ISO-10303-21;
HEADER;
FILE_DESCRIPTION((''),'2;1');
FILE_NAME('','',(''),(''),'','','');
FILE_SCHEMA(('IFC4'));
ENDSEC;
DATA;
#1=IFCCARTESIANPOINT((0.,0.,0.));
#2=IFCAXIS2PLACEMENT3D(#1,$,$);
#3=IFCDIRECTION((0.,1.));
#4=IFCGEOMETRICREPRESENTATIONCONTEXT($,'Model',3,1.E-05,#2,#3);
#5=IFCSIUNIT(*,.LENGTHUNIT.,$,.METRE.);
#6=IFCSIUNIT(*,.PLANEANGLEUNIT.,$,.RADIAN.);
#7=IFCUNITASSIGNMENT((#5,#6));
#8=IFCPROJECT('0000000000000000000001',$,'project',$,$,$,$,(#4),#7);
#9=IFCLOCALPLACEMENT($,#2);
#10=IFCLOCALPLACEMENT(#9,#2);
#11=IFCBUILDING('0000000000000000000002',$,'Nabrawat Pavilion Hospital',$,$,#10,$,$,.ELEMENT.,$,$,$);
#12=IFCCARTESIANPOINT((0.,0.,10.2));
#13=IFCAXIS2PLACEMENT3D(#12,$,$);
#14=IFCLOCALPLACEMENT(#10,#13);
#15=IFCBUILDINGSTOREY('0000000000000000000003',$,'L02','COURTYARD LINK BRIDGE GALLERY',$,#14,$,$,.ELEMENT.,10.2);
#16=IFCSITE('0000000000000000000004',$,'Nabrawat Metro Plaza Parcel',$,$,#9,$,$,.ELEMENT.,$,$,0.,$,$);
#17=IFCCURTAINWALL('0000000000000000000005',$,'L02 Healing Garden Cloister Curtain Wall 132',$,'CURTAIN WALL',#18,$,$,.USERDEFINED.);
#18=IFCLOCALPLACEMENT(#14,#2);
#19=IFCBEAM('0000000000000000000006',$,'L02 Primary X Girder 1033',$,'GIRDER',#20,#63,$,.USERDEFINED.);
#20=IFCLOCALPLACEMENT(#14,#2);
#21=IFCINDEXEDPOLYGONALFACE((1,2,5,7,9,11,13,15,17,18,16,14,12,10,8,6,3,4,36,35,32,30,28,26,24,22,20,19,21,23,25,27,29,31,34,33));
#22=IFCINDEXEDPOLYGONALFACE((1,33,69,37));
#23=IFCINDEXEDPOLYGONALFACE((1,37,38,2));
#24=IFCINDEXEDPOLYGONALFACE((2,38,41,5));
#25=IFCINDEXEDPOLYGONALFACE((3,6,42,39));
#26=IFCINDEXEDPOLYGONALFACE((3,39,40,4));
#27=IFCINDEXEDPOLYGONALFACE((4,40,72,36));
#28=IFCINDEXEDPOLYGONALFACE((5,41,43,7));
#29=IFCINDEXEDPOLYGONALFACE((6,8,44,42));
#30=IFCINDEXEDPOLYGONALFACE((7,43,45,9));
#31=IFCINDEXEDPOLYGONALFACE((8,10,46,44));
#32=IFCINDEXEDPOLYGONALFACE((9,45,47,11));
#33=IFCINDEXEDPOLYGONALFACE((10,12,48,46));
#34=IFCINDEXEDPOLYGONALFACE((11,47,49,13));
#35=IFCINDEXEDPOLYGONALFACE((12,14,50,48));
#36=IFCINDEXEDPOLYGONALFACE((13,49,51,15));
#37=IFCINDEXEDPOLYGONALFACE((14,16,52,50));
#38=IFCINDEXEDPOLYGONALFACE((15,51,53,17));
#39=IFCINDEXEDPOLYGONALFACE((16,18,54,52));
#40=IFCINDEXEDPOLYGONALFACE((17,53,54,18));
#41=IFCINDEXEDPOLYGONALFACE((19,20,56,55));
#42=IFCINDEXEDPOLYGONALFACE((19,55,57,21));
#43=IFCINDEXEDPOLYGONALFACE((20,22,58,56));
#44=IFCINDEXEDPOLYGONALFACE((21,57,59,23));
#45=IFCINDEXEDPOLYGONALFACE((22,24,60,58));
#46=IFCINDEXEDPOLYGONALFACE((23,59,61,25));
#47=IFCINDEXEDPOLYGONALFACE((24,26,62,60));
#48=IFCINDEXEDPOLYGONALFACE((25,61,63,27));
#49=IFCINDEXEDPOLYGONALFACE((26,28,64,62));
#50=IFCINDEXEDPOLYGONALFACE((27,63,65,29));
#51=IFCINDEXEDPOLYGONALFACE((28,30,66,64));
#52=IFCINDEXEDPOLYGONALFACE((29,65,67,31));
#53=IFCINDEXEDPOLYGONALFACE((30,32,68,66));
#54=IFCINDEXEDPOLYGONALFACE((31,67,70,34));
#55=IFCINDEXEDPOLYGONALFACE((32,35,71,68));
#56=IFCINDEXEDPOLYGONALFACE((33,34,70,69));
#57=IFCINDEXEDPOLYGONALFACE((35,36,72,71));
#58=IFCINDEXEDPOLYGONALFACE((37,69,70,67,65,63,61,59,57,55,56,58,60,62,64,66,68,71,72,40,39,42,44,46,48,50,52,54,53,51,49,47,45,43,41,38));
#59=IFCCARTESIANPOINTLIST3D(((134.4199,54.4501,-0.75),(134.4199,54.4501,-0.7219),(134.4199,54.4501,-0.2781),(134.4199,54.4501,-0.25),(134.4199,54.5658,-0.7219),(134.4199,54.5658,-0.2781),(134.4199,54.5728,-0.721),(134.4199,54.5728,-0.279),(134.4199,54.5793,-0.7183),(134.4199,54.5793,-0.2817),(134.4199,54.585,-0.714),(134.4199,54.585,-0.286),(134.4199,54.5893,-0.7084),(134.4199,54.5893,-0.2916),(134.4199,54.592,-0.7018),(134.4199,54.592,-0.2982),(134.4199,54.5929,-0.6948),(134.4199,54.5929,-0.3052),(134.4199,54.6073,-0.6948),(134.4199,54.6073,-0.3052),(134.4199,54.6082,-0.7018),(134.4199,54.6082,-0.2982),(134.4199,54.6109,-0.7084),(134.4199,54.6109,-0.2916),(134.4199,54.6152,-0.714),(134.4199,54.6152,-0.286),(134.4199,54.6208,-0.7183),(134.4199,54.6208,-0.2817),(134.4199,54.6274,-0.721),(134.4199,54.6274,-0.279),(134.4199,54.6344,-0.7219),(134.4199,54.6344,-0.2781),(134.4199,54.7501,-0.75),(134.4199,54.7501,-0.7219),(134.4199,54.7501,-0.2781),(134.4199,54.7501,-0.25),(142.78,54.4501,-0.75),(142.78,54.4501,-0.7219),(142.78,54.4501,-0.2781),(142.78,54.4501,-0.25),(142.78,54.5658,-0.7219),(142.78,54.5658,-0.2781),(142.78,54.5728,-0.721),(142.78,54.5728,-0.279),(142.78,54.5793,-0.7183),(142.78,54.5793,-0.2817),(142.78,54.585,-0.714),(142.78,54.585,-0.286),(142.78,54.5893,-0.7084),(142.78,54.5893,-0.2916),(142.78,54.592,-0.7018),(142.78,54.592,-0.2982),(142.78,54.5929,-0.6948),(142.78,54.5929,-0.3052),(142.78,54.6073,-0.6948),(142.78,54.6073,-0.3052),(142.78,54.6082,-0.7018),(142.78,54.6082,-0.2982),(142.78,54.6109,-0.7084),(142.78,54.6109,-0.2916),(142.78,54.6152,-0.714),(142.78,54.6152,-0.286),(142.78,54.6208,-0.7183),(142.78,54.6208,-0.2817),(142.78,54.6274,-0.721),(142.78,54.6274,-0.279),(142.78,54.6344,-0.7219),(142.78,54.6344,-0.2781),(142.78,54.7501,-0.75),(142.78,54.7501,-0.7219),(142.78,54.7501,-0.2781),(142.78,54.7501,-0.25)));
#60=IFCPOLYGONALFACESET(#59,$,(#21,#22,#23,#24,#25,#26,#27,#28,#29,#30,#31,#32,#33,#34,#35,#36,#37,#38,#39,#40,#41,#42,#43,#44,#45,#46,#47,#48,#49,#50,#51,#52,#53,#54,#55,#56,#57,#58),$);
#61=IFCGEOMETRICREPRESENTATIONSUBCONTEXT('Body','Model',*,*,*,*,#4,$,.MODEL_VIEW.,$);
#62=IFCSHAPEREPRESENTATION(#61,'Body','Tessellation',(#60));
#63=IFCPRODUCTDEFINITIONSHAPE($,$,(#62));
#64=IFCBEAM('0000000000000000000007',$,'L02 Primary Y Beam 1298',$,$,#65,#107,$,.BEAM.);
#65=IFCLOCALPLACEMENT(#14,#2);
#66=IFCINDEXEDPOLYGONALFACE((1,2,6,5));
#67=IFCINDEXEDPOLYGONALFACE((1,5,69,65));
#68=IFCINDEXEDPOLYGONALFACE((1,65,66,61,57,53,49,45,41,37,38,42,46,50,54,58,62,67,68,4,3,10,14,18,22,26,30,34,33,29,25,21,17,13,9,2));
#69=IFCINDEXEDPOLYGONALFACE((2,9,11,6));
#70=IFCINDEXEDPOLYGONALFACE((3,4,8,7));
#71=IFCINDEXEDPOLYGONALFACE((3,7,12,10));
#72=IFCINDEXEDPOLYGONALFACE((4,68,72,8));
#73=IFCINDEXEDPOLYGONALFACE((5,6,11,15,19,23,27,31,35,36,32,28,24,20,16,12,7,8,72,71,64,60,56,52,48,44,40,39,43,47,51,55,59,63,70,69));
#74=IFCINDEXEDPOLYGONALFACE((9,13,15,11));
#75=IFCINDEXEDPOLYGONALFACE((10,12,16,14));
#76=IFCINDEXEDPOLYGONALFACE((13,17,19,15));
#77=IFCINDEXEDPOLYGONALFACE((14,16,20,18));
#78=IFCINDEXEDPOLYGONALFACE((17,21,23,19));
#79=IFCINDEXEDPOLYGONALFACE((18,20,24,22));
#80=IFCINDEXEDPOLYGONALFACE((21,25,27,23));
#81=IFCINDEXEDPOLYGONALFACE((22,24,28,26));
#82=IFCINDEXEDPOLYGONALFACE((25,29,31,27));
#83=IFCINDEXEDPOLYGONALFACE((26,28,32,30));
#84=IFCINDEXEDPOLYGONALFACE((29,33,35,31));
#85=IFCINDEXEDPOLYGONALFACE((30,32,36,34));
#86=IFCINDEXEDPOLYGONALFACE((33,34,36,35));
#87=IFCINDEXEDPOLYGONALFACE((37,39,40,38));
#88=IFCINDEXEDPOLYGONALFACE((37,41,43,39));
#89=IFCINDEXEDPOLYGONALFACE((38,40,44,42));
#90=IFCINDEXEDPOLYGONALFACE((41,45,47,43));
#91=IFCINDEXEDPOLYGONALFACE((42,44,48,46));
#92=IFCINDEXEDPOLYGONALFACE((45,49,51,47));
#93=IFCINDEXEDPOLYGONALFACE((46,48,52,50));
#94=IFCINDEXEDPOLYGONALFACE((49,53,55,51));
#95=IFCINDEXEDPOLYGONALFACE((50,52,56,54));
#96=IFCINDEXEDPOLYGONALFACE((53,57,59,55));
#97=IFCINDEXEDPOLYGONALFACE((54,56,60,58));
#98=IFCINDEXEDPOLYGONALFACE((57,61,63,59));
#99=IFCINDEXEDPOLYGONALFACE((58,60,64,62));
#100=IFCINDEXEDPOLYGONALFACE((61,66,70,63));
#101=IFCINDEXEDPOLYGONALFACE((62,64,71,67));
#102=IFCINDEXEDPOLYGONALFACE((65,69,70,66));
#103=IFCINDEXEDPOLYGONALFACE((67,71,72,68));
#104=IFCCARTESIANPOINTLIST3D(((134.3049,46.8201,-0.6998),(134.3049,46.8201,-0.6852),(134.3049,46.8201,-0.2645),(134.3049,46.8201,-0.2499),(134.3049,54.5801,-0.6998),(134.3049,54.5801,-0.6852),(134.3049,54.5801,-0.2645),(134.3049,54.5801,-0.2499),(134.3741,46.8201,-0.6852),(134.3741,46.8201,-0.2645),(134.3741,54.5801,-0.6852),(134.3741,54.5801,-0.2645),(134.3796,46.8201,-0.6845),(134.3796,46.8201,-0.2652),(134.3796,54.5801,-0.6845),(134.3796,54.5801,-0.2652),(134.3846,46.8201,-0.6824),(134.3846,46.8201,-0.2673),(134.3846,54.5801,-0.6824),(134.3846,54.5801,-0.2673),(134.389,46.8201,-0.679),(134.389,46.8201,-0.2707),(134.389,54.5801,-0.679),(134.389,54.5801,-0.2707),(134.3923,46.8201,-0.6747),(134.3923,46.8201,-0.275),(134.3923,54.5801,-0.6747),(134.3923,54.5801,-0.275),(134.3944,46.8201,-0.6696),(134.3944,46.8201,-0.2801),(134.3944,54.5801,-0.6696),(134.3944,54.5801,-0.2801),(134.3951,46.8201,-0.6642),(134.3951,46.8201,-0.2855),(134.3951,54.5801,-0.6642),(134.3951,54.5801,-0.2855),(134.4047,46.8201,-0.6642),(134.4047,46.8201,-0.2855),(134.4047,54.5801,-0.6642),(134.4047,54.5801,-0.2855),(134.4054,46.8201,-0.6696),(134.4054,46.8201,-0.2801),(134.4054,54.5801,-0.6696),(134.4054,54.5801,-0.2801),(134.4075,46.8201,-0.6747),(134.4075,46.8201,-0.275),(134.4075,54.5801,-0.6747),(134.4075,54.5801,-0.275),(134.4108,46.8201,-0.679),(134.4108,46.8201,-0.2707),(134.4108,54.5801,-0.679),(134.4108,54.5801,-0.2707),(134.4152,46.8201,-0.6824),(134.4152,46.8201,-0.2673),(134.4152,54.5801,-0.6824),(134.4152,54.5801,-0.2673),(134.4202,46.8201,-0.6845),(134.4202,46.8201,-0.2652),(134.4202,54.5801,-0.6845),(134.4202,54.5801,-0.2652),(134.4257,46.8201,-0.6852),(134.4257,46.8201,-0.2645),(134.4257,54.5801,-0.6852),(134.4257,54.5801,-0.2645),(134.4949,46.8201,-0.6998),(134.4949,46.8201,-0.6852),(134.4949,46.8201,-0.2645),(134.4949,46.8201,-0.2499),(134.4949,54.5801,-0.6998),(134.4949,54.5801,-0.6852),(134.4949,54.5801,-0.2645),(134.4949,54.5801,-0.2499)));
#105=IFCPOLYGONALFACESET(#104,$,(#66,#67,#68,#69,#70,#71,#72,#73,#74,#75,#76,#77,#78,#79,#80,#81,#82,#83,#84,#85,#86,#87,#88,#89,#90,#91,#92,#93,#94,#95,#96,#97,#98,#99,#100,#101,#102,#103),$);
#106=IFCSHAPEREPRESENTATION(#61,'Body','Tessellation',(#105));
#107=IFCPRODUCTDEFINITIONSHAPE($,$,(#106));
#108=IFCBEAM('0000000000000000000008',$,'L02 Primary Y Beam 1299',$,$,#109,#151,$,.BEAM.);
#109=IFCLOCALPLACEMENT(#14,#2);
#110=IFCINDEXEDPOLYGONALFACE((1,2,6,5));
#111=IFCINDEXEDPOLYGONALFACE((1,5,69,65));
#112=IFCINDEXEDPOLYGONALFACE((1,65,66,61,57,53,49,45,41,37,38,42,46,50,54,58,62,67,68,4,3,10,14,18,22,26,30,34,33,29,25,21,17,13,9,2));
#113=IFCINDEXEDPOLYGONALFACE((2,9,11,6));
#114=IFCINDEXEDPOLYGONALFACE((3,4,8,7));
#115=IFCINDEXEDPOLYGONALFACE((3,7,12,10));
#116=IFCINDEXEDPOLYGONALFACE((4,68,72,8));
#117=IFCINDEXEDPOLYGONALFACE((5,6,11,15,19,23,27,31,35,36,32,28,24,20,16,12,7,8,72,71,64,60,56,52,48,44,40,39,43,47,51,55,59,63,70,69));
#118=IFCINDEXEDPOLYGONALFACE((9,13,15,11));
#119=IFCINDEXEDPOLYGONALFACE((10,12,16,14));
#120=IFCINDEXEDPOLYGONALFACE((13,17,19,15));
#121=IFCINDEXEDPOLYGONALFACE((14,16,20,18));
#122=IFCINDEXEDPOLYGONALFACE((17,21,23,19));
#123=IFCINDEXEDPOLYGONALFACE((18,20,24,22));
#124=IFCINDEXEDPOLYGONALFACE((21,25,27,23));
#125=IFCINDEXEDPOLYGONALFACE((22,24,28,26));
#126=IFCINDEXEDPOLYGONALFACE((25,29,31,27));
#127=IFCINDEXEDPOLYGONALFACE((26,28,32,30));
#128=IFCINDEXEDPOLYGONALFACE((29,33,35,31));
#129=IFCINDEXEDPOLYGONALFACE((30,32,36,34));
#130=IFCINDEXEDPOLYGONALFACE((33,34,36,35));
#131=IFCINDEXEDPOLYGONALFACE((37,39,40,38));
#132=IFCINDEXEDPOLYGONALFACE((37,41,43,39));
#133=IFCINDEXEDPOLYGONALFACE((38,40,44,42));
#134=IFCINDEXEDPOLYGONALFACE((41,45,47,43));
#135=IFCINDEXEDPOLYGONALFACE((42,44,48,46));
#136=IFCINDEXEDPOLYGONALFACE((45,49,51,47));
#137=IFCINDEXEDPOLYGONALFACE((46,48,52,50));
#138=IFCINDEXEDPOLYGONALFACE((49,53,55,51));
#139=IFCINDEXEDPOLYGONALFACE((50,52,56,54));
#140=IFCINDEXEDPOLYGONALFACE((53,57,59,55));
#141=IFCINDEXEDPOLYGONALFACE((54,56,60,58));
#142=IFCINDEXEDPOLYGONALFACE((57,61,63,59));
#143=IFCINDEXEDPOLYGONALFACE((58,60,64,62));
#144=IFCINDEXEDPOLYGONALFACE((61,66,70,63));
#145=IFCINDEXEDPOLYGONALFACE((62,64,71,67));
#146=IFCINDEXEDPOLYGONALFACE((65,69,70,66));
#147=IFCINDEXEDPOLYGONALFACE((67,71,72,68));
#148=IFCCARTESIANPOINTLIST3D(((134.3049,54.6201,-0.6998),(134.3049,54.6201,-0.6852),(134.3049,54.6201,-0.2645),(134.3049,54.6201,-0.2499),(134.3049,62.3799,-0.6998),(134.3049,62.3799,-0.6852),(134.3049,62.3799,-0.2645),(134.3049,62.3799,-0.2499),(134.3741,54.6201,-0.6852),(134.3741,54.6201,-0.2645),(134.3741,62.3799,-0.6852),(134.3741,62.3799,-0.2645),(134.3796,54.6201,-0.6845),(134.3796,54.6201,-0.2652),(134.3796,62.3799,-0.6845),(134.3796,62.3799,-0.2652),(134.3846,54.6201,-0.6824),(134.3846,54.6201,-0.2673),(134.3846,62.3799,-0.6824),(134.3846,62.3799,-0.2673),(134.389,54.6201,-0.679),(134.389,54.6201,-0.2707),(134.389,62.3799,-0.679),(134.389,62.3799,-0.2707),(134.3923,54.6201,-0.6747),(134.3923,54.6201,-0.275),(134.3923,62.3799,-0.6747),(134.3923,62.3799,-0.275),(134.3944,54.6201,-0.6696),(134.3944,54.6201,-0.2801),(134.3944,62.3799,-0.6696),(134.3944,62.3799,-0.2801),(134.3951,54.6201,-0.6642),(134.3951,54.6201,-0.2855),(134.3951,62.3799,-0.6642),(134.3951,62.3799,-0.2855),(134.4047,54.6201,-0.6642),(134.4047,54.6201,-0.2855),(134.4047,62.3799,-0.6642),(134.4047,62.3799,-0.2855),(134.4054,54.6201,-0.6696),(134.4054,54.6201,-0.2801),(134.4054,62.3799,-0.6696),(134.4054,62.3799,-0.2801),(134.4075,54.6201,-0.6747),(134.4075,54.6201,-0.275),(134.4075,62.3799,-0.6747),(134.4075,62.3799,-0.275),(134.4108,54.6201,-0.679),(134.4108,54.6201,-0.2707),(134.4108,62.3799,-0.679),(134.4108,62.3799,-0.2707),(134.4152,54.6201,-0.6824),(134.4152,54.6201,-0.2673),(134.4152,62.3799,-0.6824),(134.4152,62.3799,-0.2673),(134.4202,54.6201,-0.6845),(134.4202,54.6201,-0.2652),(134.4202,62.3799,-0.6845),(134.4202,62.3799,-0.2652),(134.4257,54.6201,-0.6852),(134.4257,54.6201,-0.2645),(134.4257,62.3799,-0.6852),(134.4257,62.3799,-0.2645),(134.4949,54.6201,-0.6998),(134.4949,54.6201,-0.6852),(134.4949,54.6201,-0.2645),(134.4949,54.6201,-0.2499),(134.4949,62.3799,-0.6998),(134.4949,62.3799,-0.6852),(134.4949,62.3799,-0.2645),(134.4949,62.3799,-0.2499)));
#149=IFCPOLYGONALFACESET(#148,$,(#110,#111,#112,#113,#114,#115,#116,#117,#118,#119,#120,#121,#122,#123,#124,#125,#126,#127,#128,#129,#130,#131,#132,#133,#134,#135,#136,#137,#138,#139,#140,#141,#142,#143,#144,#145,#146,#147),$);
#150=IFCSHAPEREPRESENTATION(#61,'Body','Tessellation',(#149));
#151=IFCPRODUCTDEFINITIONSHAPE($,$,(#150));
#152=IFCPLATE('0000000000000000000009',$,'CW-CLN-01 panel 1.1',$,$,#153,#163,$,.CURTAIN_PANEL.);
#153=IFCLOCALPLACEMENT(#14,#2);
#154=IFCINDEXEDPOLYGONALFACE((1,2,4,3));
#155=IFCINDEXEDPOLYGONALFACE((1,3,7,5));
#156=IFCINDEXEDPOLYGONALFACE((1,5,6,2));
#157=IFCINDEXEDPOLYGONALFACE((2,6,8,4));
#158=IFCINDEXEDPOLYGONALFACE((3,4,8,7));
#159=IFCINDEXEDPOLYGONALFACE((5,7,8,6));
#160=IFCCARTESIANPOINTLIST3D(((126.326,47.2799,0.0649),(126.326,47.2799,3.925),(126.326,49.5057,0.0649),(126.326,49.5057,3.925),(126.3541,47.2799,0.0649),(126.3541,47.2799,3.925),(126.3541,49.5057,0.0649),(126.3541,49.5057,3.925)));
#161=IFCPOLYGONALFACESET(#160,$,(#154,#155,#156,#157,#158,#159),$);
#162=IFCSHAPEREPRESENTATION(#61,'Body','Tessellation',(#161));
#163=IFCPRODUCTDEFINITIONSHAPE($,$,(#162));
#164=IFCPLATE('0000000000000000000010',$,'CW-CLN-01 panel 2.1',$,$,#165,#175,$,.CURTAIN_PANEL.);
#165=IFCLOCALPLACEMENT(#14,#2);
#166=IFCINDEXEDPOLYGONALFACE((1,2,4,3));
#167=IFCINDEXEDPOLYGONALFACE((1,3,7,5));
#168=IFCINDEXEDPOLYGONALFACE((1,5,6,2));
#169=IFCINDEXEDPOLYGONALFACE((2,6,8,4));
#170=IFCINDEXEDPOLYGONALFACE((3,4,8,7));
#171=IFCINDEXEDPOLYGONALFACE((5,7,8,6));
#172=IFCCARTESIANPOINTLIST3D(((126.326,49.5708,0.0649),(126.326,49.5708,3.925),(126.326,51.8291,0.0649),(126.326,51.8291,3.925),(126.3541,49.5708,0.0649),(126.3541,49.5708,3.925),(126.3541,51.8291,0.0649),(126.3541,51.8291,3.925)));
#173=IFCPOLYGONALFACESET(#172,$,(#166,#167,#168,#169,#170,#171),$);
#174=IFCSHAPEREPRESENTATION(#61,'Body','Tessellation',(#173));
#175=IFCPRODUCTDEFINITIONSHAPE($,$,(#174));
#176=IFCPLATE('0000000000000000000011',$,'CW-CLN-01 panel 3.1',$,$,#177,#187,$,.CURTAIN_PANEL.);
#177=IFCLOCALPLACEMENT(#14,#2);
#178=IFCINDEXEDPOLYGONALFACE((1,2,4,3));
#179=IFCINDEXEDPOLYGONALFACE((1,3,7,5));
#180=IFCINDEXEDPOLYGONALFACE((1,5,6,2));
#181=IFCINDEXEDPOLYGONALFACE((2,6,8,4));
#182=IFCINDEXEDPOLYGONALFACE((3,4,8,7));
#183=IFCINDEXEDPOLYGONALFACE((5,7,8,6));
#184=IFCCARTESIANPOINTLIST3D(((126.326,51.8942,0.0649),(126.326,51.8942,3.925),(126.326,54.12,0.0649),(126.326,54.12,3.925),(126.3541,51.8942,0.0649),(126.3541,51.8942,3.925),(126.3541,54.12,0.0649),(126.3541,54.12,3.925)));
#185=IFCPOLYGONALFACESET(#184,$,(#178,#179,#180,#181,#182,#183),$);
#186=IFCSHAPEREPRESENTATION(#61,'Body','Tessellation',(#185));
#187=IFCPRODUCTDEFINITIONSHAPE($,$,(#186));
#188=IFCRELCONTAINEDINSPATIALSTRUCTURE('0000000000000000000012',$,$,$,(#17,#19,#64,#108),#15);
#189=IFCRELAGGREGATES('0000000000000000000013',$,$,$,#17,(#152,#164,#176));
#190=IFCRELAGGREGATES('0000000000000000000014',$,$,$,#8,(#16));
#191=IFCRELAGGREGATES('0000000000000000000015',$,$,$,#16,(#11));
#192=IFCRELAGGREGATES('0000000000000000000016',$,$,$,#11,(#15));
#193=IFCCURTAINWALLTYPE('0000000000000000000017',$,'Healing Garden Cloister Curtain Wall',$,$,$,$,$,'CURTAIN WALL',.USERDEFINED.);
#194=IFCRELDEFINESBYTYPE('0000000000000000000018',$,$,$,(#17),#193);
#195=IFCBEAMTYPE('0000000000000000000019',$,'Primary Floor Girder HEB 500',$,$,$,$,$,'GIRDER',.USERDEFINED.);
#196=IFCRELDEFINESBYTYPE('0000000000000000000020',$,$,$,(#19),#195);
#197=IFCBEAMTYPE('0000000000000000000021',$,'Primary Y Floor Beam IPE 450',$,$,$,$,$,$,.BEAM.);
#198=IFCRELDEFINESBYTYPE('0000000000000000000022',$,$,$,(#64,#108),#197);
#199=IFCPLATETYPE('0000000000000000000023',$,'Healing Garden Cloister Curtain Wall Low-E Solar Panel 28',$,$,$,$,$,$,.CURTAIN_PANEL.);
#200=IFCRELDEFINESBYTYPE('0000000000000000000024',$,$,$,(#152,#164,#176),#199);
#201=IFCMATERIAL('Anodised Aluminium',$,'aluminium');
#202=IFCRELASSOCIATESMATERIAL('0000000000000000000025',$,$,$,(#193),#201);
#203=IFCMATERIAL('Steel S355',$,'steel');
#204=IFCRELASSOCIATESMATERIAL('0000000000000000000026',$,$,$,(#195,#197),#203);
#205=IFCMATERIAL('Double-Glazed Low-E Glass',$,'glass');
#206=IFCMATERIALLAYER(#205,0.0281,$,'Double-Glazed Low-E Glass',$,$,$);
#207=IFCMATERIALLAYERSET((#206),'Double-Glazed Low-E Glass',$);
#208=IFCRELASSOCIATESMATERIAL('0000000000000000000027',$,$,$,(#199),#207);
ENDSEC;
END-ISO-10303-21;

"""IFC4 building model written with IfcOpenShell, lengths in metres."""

from ifc_helpers import new_model, si_unit, direction, frame, origin, origin_2d, place, context, subcontext, project, spatial, rectangle, i_section, extrude, material, layer, layer_set, material_profile, profile_set, type_object, element, aggregate, save


model = new_model("IFC4")

# Units and contexts
model_context = context("Model", 3, precision=1e-05, world=origin(), true_north=direction((0.0, 1.0)))
body_context = subcontext(model_context, "Body", "Model", "MODEL_VIEW")
ifc_project = project(units=[si_unit("LENGTHUNIT", "METRE"), si_unit("PLANEANGLEUNIT", "RADIAN")], contexts=[model_context])

# Site, building, storey
site_placement = place(None, origin())
site = spatial("IfcSite", under=ifc_project, at=site_placement, Name="Nabrawat Metro Plaza Parcel", CompositionType="ELEMENT", RefElevation=0.0)
building_placement = place(site_placement, origin())
building = spatial("IfcBuilding", under=site, at=building_placement, Name="Nabrawat Pavilion Hospital", CompositionType="ELEMENT")
storey_placement = place(building_placement, frame((0.0, 0.0, 10.2)))
storey = spatial("IfcBuildingStorey", under=building, at=storey_placement, Name="L02", Description="COURTYARD LINK BRIDGE GALLERY", CompositionType="ELEMENT", Elevation=10.2)

# Shared definitions
ifc_material_1 = material(Name="Steel S355", Category="steel")

# Curtain wall
ifc_material_2 = material(Name="Anodised Aluminium", Category="aluminium")
curtain_wall_type = type_object("IfcCurtainWallType", Name="Healing Garden Cloister Curtain Wall", ElementType="CURTAIN WALL", PredefinedType="USERDEFINED", material=ifc_material_2)
curtain_wall_1_placement = place(storey_placement, origin())
curtain_wall_1 = element("IfcCurtainWall", 1, at=curtain_wall_1_placement, inside=storey, type_object=curtain_wall_type, Name="L02 Healing Garden Cloister Curtain Wall 132", ObjectType="CURTAIN WALL", PredefinedType="USERDEFINED")

# Beams
ifc_material_profile_1 = material_profile(ifc_material_1, i_section(OverallWidth=0.3, OverallDepth=0.5, WebThickness=0.0144, FlangeThickness=0.0281, FilletRadius=0.0271, at=origin_2d()), Name="HEB 500")
ifc_profile_set_1 = profile_set([ifc_material_profile_1], Name="Steel S355")
beam_type_1 = type_object("IfcBeamType", Name="Primary Floor Girder HEB 500", ElementType="GIRDER", PredefinedType="USERDEFINED", material=ifc_profile_set_1)
beam_1_placement = place(storey_placement, frame((134.4199, 54.6001, -0.5), z_axis=(1.0, 0.0, 0.0), x_axis=(0.0, 1.0, 0.0)))
element("IfcBeam", 2, at=beam_1_placement, inside=storey, type_object=beam_type_1, Name="L02 Primary X Girder 1033", ObjectType="GIRDER", PredefinedType="USERDEFINED", context=body_context, shape_type="SweptSolid", body=[
    extrude(i_section(OverallWidth=0.3, OverallDepth=0.5, WebThickness=0.0144, FlangeThickness=0.0281, FilletRadius=0.0271, at=origin_2d()), origin(), (0.0, 0.0, 1.0), 8.3601),
])
ifc_material_profile_2 = material_profile(ifc_material_1, i_section(OverallWidth=0.1899, OverallDepth=0.45, WebThickness=0.0095, FlangeThickness=0.0146, FilletRadius=0.021, at=origin_2d()), Name="IPE 450")
ifc_profile_set_2 = profile_set([ifc_material_profile_2], Name="Steel S355")
beam_type_2 = type_object("IfcBeamType", Name="Primary Y Floor Beam IPE 450", PredefinedType="BEAM", material=ifc_profile_set_2)
beam_2_placement = place(storey_placement, frame((134.3999, 46.8201, -0.4749), z_axis=(0.0, 1.0, 0.0), x_axis=(-1.0, 0.0, 0.0)))
element("IfcBeam", 3, at=beam_2_placement, inside=storey, type_object=beam_type_2, Name="L02 Primary Y Beam 1298", PredefinedType="BEAM", context=body_context, shape_type="SweptSolid", body=[
    extrude(i_section(OverallWidth=0.1899, OverallDepth=0.45, WebThickness=0.0095, FlangeThickness=0.0146, FilletRadius=0.021, at=origin_2d()), origin(), (0.0, 0.0, 1.0), 7.76),
])
beam_3_placement = place(storey_placement, frame((134.3999, 54.6201, -0.4749), z_axis=(0.0, 1.0, 0.0), x_axis=(-1.0, 0.0, 0.0)))
element("IfcBeam", 4, at=beam_3_placement, inside=storey, type_object=beam_type_2, Name="L02 Primary Y Beam 1299", PredefinedType="BEAM", context=body_context, shape_type="SweptSolid", body=[
    extrude(i_section(OverallWidth=0.1899, OverallDepth=0.45, WebThickness=0.0095, FlangeThickness=0.0146, FilletRadius=0.021, at=origin_2d()), origin(), (0.0, 0.0, 1.0), 7.7598),
])

# Plates
ifc_material_3 = material(Name="Double-Glazed Low-E Glass", Category="glass")
ifc_layer = layer(ifc_material_3, 0.0281, Name="Double-Glazed Low-E Glass")
ifc_layer_set = layer_set([ifc_layer], Name="Double-Glazed Low-E Glass")
plate_type = type_object("IfcPlateType", Name="Healing Garden Cloister Curtain Wall Low-E Solar Panel 28", PredefinedType="CURTAIN_PANEL", material=ifc_layer_set)
plate_1_placement = place(storey_placement, frame((126.3401, 48.3928, 0.0649), z_axis=(0.0, 0.0, 1.0), x_axis=(0.0, 1.0, 0.0)))
plate_1 = element("IfcPlate", 5, at=plate_1_placement, type_object=plate_type, Name="CW-CLN-01 panel 1.1", PredefinedType="CURTAIN_PANEL", context=body_context, shape_type="SweptSolid", body=[
    extrude(rectangle(XDim=2.2258, YDim=0.0281, at=origin_2d()), origin(), (0.0, 0.0, 1.0), 3.8601),
])
plate_2_placement = place(storey_placement, frame((126.3401, 50.7, 0.0649), z_axis=(0.0, 0.0, 1.0), x_axis=(0.0, 1.0, 0.0)))
plate_2 = element("IfcPlate", 6, at=plate_2_placement, type_object=plate_type, Name="CW-CLN-01 panel 2.1", PredefinedType="CURTAIN_PANEL", context=body_context, shape_type="SweptSolid", body=[
    extrude(rectangle(XDim=2.2583, YDim=0.0281, at=origin_2d()), origin(), (0.0, 0.0, 1.0), 3.8601),
])
plate_3_placement = place(storey_placement, frame((126.3401, 53.0071, 0.0649), z_axis=(0.0, 0.0, 1.0), x_axis=(0.0, 1.0, 0.0)))
plate_3 = element("IfcPlate", 7, at=plate_3_placement, type_object=plate_type, Name="CW-CLN-01 panel 3.1", PredefinedType="CURTAIN_PANEL", context=body_context, shape_type="SweptSolid", body=[
    extrude(rectangle(XDim=2.2258, YDim=0.0281, at=origin_2d()), origin(), (0.0, 0.0, 1.0), 3.8601),
])
aggregate(curtain_wall_1, [plate_1, plate_2, plate_3])

save(model, "model.ifc")
